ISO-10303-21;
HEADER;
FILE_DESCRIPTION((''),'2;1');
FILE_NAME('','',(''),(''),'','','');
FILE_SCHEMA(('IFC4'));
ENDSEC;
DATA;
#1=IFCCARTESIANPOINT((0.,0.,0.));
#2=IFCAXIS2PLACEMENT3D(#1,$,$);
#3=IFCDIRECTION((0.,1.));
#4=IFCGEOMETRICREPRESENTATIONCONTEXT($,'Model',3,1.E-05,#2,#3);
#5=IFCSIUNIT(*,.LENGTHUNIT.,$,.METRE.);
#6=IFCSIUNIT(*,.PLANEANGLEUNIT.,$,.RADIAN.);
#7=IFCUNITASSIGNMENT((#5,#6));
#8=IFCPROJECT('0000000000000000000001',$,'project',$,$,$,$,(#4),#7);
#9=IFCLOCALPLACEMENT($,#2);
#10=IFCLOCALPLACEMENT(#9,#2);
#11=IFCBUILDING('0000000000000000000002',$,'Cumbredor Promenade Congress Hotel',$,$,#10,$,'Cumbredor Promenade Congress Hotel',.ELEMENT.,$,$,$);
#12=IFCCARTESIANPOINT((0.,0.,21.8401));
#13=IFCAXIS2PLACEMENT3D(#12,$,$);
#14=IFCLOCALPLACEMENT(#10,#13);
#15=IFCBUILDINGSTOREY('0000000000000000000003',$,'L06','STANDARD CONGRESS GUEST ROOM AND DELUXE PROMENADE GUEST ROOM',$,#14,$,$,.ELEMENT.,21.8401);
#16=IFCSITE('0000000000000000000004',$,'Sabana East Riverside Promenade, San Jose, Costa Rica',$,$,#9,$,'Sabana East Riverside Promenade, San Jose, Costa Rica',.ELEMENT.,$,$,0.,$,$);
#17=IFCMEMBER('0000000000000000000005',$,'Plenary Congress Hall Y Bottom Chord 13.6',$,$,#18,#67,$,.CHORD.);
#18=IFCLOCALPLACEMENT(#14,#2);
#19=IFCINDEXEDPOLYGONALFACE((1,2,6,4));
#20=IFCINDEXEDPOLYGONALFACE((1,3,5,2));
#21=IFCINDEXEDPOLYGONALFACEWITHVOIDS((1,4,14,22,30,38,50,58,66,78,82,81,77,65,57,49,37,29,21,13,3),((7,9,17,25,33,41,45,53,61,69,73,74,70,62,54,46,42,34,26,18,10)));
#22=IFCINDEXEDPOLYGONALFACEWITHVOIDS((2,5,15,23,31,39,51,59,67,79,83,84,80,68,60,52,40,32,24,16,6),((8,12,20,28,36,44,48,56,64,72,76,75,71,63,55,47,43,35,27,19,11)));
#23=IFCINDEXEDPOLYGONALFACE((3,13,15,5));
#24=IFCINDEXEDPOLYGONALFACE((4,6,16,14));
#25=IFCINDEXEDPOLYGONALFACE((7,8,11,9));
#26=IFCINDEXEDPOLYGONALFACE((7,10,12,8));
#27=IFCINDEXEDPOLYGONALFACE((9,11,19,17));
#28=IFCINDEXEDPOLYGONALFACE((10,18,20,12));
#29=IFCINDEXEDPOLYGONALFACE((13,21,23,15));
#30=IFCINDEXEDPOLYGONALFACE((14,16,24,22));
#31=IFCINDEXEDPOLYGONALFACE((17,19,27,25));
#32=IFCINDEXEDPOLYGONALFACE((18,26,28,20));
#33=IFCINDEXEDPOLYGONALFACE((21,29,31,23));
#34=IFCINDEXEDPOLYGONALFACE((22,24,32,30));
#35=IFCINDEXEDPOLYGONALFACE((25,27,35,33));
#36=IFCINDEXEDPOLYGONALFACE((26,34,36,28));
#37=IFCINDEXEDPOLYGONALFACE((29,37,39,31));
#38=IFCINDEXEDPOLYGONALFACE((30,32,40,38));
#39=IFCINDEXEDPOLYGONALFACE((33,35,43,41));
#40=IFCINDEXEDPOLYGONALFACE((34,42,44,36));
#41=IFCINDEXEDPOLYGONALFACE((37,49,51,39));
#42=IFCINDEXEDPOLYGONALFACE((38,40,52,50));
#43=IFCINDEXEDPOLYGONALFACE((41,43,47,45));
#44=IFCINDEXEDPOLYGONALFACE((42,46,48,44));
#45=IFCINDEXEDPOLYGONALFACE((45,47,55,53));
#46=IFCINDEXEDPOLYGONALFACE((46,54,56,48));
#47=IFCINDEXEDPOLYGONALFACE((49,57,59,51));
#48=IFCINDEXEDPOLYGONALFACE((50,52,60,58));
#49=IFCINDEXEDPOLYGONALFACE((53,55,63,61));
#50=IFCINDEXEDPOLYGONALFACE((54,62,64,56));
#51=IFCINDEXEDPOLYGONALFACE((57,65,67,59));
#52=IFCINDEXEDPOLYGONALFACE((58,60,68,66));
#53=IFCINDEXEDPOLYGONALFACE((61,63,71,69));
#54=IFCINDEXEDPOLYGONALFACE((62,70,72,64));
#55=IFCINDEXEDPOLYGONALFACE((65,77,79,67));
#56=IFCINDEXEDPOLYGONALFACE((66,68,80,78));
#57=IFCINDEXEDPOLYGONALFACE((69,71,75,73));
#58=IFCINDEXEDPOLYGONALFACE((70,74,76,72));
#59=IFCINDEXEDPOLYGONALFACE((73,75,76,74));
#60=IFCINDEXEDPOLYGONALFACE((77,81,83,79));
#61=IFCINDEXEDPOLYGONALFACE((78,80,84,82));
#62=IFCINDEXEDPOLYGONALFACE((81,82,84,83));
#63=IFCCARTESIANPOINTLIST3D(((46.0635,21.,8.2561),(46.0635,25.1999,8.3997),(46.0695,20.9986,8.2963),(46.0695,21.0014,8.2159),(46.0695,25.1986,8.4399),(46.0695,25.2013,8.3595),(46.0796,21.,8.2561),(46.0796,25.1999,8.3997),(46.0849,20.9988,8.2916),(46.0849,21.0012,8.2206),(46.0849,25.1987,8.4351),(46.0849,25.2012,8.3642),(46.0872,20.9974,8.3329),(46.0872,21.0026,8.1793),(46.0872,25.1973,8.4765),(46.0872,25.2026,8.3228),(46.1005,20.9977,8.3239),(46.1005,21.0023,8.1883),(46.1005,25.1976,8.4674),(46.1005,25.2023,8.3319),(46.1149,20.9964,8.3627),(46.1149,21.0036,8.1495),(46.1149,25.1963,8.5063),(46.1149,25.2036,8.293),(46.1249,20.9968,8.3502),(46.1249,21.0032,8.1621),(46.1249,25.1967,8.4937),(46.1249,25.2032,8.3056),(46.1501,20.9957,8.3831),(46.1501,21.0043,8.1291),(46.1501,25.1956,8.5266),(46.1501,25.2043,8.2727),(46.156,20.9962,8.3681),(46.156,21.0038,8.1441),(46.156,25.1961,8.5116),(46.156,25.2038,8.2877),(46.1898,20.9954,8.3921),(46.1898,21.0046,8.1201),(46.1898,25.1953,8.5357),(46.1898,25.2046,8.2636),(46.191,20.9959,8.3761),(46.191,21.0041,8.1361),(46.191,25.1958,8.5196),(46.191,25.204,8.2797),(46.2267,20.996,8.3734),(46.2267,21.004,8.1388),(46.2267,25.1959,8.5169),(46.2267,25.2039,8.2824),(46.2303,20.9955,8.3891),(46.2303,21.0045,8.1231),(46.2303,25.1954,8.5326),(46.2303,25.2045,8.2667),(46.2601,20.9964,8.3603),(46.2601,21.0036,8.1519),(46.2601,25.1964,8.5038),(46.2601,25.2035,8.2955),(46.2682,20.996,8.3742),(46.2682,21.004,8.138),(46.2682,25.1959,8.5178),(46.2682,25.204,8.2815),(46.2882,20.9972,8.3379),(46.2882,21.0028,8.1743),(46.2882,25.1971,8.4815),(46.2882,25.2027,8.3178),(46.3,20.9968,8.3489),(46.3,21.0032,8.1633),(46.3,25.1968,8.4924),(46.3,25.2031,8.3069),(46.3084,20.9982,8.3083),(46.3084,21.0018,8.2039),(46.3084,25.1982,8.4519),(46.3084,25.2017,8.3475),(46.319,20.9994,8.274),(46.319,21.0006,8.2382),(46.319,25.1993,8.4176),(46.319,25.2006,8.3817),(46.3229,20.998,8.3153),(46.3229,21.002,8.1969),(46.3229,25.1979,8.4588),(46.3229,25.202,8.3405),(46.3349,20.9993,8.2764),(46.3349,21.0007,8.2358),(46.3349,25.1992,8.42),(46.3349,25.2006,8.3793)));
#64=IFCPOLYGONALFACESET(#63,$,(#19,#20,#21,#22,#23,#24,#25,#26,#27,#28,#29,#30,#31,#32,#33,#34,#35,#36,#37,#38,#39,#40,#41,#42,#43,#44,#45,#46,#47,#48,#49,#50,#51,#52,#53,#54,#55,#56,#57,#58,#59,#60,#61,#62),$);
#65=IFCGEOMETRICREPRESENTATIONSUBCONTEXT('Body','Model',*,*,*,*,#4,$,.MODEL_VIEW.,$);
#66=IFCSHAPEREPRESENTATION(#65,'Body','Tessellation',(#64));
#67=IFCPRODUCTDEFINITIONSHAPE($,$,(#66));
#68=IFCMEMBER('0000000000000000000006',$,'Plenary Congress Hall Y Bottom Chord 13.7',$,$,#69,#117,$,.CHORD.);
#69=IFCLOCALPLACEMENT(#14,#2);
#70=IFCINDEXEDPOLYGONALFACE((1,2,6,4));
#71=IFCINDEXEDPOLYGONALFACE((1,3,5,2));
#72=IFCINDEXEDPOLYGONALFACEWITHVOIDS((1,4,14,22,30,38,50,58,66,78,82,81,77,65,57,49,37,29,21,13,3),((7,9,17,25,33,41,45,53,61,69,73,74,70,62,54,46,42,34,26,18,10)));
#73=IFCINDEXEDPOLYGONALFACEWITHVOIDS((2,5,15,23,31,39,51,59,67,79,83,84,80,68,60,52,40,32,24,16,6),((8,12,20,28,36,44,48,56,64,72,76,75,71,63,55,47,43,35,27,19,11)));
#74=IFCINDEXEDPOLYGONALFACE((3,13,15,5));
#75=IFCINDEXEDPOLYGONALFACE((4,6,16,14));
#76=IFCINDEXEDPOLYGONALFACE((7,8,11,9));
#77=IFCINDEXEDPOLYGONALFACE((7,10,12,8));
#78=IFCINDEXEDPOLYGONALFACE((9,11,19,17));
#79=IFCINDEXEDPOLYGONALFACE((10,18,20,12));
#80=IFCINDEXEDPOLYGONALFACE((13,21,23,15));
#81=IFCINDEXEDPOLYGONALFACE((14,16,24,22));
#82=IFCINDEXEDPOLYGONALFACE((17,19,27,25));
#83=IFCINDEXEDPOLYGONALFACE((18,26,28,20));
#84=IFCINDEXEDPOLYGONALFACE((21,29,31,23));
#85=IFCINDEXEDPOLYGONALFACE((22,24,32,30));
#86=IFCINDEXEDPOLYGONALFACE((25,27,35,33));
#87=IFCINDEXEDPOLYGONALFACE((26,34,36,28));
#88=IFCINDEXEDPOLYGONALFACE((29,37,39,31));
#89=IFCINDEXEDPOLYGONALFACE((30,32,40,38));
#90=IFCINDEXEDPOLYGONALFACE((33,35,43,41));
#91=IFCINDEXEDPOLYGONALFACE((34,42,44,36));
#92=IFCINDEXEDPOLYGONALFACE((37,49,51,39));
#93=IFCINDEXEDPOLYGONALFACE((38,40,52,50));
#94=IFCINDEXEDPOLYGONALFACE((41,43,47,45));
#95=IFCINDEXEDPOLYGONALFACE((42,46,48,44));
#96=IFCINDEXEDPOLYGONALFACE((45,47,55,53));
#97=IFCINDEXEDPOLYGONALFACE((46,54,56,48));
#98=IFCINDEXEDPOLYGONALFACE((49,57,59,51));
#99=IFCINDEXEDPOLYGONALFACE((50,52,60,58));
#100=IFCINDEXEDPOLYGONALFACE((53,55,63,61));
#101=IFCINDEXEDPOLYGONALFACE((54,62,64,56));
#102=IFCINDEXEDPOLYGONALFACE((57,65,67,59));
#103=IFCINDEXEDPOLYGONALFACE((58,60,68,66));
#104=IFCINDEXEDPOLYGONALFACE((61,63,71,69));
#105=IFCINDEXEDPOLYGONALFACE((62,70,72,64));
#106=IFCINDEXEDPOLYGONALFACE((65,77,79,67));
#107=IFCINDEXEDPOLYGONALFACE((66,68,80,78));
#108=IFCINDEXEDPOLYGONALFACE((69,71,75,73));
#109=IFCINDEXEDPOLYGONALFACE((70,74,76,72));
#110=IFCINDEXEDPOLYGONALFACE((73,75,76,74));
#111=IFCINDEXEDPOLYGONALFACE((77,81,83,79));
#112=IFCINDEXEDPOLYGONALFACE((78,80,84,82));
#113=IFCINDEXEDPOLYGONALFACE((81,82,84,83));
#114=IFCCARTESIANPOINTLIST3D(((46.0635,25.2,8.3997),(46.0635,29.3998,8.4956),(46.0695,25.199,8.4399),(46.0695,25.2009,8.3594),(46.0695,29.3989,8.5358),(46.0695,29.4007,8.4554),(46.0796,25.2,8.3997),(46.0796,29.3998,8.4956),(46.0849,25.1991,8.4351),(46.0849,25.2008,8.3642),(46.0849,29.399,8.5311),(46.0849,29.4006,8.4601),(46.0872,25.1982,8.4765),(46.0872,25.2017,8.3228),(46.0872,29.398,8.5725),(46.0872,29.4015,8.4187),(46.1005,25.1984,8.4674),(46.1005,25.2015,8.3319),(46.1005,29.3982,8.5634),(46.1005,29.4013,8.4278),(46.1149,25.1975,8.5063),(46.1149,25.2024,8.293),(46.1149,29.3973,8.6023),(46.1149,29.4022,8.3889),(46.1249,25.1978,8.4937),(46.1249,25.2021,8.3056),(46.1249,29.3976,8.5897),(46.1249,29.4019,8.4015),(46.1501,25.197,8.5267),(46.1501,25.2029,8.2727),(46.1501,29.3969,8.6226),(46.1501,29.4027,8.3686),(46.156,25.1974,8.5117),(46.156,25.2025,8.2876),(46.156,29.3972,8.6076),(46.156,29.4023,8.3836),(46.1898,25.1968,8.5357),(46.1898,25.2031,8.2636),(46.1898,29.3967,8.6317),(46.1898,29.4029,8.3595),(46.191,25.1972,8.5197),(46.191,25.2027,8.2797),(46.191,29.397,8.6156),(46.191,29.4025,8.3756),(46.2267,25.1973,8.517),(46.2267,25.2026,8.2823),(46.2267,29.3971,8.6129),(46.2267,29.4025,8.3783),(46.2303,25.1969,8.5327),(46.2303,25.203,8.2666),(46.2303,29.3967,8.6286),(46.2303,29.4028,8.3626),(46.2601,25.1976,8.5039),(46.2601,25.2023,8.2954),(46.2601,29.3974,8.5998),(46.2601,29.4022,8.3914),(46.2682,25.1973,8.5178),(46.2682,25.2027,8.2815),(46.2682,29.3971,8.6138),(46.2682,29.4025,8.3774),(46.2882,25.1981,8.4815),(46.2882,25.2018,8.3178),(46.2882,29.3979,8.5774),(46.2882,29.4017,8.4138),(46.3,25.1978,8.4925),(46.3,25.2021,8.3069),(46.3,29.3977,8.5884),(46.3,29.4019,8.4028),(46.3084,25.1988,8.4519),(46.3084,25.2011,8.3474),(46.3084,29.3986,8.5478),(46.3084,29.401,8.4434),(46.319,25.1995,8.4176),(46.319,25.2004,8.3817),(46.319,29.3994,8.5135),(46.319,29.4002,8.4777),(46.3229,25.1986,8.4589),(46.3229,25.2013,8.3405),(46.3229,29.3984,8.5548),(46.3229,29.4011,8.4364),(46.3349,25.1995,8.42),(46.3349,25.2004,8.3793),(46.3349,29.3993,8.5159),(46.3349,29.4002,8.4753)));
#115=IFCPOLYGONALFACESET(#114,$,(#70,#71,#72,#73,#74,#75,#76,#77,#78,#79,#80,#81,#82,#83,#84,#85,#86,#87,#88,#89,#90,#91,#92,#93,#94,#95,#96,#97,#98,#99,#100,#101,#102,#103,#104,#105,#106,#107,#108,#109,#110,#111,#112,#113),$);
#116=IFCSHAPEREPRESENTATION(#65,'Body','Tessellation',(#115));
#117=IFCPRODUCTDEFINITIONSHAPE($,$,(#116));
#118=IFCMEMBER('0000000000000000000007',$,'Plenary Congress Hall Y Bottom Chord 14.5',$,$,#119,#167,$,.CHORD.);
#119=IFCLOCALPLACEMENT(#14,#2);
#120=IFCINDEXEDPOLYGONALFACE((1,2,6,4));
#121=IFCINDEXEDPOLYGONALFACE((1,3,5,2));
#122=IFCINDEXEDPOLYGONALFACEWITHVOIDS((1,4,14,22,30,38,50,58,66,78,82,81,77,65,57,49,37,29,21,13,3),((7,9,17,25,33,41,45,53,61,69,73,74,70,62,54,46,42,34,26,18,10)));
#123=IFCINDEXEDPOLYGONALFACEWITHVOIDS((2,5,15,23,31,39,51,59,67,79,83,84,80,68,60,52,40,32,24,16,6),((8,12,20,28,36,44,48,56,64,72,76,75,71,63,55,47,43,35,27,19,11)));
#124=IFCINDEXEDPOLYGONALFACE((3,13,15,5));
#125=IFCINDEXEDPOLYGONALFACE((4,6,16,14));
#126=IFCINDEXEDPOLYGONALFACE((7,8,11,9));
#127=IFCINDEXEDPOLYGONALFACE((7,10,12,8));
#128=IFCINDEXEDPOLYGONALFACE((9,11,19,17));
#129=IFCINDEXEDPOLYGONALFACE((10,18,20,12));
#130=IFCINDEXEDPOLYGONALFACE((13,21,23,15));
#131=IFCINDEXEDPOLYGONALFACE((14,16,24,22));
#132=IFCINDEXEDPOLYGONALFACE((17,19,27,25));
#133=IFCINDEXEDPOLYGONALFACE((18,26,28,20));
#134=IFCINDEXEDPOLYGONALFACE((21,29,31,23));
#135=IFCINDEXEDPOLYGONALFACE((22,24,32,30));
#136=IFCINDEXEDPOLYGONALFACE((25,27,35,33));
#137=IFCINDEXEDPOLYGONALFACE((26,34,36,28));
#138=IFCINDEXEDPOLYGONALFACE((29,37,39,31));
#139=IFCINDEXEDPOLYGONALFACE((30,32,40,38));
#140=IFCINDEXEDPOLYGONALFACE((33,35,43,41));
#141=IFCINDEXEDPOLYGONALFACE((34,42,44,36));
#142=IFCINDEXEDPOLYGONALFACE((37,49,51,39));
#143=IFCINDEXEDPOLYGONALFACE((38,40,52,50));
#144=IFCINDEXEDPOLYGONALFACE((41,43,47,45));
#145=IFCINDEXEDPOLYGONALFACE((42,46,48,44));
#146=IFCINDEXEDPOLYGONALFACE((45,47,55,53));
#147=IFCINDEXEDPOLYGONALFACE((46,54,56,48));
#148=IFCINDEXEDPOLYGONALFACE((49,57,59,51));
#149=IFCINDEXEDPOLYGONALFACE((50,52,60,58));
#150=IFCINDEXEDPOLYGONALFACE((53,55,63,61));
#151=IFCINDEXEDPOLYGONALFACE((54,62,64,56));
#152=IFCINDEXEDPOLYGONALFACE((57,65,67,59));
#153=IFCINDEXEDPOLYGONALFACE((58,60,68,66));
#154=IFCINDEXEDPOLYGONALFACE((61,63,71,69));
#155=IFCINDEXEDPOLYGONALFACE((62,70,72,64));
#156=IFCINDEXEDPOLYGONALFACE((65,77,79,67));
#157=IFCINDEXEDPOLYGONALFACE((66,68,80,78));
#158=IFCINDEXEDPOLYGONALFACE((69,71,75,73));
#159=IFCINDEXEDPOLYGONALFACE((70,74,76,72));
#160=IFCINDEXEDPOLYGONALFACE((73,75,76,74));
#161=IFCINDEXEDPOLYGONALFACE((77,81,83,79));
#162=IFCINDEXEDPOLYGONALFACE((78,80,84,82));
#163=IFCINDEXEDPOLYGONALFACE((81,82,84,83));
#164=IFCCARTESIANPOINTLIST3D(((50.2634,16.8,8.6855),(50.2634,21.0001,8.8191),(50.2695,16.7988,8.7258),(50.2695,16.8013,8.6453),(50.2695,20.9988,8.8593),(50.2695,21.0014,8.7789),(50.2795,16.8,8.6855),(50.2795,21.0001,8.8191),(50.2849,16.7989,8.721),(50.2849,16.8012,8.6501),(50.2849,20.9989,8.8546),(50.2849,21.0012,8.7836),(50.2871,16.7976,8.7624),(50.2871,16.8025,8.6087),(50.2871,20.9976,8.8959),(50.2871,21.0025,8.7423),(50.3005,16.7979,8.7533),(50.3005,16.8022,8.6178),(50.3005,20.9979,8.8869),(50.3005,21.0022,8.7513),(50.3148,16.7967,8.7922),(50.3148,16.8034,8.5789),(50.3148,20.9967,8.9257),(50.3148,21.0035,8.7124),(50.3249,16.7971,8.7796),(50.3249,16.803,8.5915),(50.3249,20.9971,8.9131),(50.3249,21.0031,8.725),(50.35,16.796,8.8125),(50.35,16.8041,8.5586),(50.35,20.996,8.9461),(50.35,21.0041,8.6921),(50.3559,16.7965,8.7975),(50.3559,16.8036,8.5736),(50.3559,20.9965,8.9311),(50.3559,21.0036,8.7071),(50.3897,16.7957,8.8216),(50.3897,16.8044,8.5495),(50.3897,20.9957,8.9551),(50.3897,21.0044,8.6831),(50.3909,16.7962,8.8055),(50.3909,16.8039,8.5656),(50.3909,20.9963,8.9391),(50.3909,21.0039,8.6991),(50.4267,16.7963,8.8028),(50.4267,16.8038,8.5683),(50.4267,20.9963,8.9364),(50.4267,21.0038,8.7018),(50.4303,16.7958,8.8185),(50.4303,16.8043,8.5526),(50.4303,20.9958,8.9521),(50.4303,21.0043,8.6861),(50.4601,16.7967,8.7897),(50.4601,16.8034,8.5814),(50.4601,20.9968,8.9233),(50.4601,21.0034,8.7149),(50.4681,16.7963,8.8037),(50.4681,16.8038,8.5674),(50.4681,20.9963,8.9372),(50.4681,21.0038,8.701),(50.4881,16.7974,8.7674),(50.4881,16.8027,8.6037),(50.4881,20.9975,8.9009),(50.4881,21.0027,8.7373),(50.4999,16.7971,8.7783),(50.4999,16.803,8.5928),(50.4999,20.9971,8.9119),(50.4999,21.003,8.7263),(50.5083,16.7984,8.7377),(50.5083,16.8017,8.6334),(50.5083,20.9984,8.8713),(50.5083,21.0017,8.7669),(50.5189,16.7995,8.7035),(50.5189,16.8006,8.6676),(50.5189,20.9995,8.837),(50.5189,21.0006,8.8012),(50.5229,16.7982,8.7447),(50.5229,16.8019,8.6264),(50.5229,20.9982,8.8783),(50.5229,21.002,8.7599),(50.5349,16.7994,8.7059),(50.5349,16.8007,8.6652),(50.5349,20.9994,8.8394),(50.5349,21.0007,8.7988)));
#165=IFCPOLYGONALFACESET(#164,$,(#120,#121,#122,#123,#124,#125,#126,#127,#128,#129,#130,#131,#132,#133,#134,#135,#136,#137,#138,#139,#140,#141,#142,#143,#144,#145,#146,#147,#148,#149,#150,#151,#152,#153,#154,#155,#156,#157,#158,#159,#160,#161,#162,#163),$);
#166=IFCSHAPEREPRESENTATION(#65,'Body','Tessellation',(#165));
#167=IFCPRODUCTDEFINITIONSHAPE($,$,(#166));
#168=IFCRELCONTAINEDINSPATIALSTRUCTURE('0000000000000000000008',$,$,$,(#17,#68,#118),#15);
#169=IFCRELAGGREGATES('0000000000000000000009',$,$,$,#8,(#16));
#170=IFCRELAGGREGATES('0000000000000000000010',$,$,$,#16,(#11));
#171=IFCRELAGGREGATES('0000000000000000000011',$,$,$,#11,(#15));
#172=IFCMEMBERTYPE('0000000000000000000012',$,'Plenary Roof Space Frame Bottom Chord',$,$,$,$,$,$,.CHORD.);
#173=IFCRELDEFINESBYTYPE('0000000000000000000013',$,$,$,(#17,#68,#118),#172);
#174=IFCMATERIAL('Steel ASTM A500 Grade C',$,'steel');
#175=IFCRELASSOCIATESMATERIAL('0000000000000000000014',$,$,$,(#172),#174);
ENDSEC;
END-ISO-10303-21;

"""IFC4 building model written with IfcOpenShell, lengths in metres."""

from ifc_helpers import new_model, si_unit, direction, frame, origin, origin_2d, place, context, subcontext, project, spatial, hollow_circle, extrude, material, material_profile, profile_set, type_object, element, save


model = new_model("IFC4")

# Units and contexts
model_context = context("Model", 3, precision=1e-05, world=origin(), true_north=direction((0.0, 1.0)))
body_context = subcontext(model_context, "Body", "Model", "MODEL_VIEW")
ifc_project = project(units=[si_unit("LENGTHUNIT", "METRE"), si_unit("PLANEANGLEUNIT", "RADIAN")], contexts=[model_context])

# Site, building, storey
site_placement = place(None, origin())
site = spatial("IfcSite", under=ifc_project, at=site_placement, Name="Sabana East Riverside Promenade, San Jose, Costa Rica", LongName="Sabana East Riverside Promenade, San Jose, Costa Rica", CompositionType="ELEMENT", RefElevation=0.0)
building_placement = place(site_placement, origin())
building = spatial("IfcBuilding", under=site, at=building_placement, Name="Cumbredor Promenade Congress Hotel", LongName="Cumbredor Promenade Congress Hotel", CompositionType="ELEMENT")
storey_placement = place(building_placement, frame((0.0, 0.0, 21.8401)))
storey = spatial("IfcBuildingStorey", under=building, at=storey_placement, Name="L06", Description="STANDARD CONGRESS GUEST ROOM AND DELUXE PROMENADE GUEST ROOM", CompositionType="ELEMENT", Elevation=21.8401)

# Members
ifc_material_1 = material(Name="Steel ASTM A500 Grade C", Category="steel")
ifc_material_profile_1 = material_profile(ifc_material_1, hollow_circle(Radius=0.1365, WallThickness=0.0161, at=origin_2d()), Name="CHS 273.0x16")
ifc_profile_set_1 = profile_set([ifc_material_profile_1], Name="Steel ASTM A500 Grade C")
member_type_1 = type_object("IfcMemberType", Name="Plenary Roof Space Frame Bottom Chord", PredefinedType="CHORD", material=ifc_profile_set_1)
member_1_placement = place(storey_placement, frame((46.2, 21.0, 8.2561), z_axis=(0.0, 0.999416, 0.03416), x_axis=(-1.0, 0.0, 0.0)))
element("IfcMember", 1, at=member_1_placement, inside=storey, type_object=member_type_1, Name="Plenary Congress Hall Y Bottom Chord 13.6", PredefinedType="CHORD", context=body_context, shape_type="SweptSolid", body=[
    extrude(hollow_circle(Radius=0.1365, WallThickness=0.0161, at=origin_2d()), origin(), (0.0, 0.0, 1.0), 4.2024),
])
member_2_placement = place(storey_placement, frame((46.2, 25.2, 8.3997), z_axis=(0.0, 0.999739, 0.022839), x_axis=(-1.0, 0.0, 0.0)))
element("IfcMember", 2, at=member_2_placement, inside=storey, type_object=member_type_1, Name="Plenary Congress Hall Y Bottom Chord 13.7", PredefinedType="CHORD", context=body_context, shape_type="SweptSolid", body=[
    extrude(hollow_circle(Radius=0.1365, WallThickness=0.0161, at=origin_2d()), origin(), (0.0, 0.0, 1.0), 4.2009),
])
member_3_placement = place(storey_placement, frame((50.3999, 16.8, 8.6855), z_axis=(0.0, 0.999495, 0.031781), x_axis=(-1.0, 0.0, 0.0)))
element("IfcMember", 3, at=member_3_placement, inside=storey, type_object=member_type_1, Name="Plenary Congress Hall Y Bottom Chord 14.5", PredefinedType="CHORD", context=body_context, shape_type="SweptSolid", body=[
    extrude(hollow_circle(Radius=0.1365, WallThickness=0.0161, at=origin_2d()), origin(), (0.0, 0.0, 1.0), 4.2021),
])

save(model, "model.ifc")
